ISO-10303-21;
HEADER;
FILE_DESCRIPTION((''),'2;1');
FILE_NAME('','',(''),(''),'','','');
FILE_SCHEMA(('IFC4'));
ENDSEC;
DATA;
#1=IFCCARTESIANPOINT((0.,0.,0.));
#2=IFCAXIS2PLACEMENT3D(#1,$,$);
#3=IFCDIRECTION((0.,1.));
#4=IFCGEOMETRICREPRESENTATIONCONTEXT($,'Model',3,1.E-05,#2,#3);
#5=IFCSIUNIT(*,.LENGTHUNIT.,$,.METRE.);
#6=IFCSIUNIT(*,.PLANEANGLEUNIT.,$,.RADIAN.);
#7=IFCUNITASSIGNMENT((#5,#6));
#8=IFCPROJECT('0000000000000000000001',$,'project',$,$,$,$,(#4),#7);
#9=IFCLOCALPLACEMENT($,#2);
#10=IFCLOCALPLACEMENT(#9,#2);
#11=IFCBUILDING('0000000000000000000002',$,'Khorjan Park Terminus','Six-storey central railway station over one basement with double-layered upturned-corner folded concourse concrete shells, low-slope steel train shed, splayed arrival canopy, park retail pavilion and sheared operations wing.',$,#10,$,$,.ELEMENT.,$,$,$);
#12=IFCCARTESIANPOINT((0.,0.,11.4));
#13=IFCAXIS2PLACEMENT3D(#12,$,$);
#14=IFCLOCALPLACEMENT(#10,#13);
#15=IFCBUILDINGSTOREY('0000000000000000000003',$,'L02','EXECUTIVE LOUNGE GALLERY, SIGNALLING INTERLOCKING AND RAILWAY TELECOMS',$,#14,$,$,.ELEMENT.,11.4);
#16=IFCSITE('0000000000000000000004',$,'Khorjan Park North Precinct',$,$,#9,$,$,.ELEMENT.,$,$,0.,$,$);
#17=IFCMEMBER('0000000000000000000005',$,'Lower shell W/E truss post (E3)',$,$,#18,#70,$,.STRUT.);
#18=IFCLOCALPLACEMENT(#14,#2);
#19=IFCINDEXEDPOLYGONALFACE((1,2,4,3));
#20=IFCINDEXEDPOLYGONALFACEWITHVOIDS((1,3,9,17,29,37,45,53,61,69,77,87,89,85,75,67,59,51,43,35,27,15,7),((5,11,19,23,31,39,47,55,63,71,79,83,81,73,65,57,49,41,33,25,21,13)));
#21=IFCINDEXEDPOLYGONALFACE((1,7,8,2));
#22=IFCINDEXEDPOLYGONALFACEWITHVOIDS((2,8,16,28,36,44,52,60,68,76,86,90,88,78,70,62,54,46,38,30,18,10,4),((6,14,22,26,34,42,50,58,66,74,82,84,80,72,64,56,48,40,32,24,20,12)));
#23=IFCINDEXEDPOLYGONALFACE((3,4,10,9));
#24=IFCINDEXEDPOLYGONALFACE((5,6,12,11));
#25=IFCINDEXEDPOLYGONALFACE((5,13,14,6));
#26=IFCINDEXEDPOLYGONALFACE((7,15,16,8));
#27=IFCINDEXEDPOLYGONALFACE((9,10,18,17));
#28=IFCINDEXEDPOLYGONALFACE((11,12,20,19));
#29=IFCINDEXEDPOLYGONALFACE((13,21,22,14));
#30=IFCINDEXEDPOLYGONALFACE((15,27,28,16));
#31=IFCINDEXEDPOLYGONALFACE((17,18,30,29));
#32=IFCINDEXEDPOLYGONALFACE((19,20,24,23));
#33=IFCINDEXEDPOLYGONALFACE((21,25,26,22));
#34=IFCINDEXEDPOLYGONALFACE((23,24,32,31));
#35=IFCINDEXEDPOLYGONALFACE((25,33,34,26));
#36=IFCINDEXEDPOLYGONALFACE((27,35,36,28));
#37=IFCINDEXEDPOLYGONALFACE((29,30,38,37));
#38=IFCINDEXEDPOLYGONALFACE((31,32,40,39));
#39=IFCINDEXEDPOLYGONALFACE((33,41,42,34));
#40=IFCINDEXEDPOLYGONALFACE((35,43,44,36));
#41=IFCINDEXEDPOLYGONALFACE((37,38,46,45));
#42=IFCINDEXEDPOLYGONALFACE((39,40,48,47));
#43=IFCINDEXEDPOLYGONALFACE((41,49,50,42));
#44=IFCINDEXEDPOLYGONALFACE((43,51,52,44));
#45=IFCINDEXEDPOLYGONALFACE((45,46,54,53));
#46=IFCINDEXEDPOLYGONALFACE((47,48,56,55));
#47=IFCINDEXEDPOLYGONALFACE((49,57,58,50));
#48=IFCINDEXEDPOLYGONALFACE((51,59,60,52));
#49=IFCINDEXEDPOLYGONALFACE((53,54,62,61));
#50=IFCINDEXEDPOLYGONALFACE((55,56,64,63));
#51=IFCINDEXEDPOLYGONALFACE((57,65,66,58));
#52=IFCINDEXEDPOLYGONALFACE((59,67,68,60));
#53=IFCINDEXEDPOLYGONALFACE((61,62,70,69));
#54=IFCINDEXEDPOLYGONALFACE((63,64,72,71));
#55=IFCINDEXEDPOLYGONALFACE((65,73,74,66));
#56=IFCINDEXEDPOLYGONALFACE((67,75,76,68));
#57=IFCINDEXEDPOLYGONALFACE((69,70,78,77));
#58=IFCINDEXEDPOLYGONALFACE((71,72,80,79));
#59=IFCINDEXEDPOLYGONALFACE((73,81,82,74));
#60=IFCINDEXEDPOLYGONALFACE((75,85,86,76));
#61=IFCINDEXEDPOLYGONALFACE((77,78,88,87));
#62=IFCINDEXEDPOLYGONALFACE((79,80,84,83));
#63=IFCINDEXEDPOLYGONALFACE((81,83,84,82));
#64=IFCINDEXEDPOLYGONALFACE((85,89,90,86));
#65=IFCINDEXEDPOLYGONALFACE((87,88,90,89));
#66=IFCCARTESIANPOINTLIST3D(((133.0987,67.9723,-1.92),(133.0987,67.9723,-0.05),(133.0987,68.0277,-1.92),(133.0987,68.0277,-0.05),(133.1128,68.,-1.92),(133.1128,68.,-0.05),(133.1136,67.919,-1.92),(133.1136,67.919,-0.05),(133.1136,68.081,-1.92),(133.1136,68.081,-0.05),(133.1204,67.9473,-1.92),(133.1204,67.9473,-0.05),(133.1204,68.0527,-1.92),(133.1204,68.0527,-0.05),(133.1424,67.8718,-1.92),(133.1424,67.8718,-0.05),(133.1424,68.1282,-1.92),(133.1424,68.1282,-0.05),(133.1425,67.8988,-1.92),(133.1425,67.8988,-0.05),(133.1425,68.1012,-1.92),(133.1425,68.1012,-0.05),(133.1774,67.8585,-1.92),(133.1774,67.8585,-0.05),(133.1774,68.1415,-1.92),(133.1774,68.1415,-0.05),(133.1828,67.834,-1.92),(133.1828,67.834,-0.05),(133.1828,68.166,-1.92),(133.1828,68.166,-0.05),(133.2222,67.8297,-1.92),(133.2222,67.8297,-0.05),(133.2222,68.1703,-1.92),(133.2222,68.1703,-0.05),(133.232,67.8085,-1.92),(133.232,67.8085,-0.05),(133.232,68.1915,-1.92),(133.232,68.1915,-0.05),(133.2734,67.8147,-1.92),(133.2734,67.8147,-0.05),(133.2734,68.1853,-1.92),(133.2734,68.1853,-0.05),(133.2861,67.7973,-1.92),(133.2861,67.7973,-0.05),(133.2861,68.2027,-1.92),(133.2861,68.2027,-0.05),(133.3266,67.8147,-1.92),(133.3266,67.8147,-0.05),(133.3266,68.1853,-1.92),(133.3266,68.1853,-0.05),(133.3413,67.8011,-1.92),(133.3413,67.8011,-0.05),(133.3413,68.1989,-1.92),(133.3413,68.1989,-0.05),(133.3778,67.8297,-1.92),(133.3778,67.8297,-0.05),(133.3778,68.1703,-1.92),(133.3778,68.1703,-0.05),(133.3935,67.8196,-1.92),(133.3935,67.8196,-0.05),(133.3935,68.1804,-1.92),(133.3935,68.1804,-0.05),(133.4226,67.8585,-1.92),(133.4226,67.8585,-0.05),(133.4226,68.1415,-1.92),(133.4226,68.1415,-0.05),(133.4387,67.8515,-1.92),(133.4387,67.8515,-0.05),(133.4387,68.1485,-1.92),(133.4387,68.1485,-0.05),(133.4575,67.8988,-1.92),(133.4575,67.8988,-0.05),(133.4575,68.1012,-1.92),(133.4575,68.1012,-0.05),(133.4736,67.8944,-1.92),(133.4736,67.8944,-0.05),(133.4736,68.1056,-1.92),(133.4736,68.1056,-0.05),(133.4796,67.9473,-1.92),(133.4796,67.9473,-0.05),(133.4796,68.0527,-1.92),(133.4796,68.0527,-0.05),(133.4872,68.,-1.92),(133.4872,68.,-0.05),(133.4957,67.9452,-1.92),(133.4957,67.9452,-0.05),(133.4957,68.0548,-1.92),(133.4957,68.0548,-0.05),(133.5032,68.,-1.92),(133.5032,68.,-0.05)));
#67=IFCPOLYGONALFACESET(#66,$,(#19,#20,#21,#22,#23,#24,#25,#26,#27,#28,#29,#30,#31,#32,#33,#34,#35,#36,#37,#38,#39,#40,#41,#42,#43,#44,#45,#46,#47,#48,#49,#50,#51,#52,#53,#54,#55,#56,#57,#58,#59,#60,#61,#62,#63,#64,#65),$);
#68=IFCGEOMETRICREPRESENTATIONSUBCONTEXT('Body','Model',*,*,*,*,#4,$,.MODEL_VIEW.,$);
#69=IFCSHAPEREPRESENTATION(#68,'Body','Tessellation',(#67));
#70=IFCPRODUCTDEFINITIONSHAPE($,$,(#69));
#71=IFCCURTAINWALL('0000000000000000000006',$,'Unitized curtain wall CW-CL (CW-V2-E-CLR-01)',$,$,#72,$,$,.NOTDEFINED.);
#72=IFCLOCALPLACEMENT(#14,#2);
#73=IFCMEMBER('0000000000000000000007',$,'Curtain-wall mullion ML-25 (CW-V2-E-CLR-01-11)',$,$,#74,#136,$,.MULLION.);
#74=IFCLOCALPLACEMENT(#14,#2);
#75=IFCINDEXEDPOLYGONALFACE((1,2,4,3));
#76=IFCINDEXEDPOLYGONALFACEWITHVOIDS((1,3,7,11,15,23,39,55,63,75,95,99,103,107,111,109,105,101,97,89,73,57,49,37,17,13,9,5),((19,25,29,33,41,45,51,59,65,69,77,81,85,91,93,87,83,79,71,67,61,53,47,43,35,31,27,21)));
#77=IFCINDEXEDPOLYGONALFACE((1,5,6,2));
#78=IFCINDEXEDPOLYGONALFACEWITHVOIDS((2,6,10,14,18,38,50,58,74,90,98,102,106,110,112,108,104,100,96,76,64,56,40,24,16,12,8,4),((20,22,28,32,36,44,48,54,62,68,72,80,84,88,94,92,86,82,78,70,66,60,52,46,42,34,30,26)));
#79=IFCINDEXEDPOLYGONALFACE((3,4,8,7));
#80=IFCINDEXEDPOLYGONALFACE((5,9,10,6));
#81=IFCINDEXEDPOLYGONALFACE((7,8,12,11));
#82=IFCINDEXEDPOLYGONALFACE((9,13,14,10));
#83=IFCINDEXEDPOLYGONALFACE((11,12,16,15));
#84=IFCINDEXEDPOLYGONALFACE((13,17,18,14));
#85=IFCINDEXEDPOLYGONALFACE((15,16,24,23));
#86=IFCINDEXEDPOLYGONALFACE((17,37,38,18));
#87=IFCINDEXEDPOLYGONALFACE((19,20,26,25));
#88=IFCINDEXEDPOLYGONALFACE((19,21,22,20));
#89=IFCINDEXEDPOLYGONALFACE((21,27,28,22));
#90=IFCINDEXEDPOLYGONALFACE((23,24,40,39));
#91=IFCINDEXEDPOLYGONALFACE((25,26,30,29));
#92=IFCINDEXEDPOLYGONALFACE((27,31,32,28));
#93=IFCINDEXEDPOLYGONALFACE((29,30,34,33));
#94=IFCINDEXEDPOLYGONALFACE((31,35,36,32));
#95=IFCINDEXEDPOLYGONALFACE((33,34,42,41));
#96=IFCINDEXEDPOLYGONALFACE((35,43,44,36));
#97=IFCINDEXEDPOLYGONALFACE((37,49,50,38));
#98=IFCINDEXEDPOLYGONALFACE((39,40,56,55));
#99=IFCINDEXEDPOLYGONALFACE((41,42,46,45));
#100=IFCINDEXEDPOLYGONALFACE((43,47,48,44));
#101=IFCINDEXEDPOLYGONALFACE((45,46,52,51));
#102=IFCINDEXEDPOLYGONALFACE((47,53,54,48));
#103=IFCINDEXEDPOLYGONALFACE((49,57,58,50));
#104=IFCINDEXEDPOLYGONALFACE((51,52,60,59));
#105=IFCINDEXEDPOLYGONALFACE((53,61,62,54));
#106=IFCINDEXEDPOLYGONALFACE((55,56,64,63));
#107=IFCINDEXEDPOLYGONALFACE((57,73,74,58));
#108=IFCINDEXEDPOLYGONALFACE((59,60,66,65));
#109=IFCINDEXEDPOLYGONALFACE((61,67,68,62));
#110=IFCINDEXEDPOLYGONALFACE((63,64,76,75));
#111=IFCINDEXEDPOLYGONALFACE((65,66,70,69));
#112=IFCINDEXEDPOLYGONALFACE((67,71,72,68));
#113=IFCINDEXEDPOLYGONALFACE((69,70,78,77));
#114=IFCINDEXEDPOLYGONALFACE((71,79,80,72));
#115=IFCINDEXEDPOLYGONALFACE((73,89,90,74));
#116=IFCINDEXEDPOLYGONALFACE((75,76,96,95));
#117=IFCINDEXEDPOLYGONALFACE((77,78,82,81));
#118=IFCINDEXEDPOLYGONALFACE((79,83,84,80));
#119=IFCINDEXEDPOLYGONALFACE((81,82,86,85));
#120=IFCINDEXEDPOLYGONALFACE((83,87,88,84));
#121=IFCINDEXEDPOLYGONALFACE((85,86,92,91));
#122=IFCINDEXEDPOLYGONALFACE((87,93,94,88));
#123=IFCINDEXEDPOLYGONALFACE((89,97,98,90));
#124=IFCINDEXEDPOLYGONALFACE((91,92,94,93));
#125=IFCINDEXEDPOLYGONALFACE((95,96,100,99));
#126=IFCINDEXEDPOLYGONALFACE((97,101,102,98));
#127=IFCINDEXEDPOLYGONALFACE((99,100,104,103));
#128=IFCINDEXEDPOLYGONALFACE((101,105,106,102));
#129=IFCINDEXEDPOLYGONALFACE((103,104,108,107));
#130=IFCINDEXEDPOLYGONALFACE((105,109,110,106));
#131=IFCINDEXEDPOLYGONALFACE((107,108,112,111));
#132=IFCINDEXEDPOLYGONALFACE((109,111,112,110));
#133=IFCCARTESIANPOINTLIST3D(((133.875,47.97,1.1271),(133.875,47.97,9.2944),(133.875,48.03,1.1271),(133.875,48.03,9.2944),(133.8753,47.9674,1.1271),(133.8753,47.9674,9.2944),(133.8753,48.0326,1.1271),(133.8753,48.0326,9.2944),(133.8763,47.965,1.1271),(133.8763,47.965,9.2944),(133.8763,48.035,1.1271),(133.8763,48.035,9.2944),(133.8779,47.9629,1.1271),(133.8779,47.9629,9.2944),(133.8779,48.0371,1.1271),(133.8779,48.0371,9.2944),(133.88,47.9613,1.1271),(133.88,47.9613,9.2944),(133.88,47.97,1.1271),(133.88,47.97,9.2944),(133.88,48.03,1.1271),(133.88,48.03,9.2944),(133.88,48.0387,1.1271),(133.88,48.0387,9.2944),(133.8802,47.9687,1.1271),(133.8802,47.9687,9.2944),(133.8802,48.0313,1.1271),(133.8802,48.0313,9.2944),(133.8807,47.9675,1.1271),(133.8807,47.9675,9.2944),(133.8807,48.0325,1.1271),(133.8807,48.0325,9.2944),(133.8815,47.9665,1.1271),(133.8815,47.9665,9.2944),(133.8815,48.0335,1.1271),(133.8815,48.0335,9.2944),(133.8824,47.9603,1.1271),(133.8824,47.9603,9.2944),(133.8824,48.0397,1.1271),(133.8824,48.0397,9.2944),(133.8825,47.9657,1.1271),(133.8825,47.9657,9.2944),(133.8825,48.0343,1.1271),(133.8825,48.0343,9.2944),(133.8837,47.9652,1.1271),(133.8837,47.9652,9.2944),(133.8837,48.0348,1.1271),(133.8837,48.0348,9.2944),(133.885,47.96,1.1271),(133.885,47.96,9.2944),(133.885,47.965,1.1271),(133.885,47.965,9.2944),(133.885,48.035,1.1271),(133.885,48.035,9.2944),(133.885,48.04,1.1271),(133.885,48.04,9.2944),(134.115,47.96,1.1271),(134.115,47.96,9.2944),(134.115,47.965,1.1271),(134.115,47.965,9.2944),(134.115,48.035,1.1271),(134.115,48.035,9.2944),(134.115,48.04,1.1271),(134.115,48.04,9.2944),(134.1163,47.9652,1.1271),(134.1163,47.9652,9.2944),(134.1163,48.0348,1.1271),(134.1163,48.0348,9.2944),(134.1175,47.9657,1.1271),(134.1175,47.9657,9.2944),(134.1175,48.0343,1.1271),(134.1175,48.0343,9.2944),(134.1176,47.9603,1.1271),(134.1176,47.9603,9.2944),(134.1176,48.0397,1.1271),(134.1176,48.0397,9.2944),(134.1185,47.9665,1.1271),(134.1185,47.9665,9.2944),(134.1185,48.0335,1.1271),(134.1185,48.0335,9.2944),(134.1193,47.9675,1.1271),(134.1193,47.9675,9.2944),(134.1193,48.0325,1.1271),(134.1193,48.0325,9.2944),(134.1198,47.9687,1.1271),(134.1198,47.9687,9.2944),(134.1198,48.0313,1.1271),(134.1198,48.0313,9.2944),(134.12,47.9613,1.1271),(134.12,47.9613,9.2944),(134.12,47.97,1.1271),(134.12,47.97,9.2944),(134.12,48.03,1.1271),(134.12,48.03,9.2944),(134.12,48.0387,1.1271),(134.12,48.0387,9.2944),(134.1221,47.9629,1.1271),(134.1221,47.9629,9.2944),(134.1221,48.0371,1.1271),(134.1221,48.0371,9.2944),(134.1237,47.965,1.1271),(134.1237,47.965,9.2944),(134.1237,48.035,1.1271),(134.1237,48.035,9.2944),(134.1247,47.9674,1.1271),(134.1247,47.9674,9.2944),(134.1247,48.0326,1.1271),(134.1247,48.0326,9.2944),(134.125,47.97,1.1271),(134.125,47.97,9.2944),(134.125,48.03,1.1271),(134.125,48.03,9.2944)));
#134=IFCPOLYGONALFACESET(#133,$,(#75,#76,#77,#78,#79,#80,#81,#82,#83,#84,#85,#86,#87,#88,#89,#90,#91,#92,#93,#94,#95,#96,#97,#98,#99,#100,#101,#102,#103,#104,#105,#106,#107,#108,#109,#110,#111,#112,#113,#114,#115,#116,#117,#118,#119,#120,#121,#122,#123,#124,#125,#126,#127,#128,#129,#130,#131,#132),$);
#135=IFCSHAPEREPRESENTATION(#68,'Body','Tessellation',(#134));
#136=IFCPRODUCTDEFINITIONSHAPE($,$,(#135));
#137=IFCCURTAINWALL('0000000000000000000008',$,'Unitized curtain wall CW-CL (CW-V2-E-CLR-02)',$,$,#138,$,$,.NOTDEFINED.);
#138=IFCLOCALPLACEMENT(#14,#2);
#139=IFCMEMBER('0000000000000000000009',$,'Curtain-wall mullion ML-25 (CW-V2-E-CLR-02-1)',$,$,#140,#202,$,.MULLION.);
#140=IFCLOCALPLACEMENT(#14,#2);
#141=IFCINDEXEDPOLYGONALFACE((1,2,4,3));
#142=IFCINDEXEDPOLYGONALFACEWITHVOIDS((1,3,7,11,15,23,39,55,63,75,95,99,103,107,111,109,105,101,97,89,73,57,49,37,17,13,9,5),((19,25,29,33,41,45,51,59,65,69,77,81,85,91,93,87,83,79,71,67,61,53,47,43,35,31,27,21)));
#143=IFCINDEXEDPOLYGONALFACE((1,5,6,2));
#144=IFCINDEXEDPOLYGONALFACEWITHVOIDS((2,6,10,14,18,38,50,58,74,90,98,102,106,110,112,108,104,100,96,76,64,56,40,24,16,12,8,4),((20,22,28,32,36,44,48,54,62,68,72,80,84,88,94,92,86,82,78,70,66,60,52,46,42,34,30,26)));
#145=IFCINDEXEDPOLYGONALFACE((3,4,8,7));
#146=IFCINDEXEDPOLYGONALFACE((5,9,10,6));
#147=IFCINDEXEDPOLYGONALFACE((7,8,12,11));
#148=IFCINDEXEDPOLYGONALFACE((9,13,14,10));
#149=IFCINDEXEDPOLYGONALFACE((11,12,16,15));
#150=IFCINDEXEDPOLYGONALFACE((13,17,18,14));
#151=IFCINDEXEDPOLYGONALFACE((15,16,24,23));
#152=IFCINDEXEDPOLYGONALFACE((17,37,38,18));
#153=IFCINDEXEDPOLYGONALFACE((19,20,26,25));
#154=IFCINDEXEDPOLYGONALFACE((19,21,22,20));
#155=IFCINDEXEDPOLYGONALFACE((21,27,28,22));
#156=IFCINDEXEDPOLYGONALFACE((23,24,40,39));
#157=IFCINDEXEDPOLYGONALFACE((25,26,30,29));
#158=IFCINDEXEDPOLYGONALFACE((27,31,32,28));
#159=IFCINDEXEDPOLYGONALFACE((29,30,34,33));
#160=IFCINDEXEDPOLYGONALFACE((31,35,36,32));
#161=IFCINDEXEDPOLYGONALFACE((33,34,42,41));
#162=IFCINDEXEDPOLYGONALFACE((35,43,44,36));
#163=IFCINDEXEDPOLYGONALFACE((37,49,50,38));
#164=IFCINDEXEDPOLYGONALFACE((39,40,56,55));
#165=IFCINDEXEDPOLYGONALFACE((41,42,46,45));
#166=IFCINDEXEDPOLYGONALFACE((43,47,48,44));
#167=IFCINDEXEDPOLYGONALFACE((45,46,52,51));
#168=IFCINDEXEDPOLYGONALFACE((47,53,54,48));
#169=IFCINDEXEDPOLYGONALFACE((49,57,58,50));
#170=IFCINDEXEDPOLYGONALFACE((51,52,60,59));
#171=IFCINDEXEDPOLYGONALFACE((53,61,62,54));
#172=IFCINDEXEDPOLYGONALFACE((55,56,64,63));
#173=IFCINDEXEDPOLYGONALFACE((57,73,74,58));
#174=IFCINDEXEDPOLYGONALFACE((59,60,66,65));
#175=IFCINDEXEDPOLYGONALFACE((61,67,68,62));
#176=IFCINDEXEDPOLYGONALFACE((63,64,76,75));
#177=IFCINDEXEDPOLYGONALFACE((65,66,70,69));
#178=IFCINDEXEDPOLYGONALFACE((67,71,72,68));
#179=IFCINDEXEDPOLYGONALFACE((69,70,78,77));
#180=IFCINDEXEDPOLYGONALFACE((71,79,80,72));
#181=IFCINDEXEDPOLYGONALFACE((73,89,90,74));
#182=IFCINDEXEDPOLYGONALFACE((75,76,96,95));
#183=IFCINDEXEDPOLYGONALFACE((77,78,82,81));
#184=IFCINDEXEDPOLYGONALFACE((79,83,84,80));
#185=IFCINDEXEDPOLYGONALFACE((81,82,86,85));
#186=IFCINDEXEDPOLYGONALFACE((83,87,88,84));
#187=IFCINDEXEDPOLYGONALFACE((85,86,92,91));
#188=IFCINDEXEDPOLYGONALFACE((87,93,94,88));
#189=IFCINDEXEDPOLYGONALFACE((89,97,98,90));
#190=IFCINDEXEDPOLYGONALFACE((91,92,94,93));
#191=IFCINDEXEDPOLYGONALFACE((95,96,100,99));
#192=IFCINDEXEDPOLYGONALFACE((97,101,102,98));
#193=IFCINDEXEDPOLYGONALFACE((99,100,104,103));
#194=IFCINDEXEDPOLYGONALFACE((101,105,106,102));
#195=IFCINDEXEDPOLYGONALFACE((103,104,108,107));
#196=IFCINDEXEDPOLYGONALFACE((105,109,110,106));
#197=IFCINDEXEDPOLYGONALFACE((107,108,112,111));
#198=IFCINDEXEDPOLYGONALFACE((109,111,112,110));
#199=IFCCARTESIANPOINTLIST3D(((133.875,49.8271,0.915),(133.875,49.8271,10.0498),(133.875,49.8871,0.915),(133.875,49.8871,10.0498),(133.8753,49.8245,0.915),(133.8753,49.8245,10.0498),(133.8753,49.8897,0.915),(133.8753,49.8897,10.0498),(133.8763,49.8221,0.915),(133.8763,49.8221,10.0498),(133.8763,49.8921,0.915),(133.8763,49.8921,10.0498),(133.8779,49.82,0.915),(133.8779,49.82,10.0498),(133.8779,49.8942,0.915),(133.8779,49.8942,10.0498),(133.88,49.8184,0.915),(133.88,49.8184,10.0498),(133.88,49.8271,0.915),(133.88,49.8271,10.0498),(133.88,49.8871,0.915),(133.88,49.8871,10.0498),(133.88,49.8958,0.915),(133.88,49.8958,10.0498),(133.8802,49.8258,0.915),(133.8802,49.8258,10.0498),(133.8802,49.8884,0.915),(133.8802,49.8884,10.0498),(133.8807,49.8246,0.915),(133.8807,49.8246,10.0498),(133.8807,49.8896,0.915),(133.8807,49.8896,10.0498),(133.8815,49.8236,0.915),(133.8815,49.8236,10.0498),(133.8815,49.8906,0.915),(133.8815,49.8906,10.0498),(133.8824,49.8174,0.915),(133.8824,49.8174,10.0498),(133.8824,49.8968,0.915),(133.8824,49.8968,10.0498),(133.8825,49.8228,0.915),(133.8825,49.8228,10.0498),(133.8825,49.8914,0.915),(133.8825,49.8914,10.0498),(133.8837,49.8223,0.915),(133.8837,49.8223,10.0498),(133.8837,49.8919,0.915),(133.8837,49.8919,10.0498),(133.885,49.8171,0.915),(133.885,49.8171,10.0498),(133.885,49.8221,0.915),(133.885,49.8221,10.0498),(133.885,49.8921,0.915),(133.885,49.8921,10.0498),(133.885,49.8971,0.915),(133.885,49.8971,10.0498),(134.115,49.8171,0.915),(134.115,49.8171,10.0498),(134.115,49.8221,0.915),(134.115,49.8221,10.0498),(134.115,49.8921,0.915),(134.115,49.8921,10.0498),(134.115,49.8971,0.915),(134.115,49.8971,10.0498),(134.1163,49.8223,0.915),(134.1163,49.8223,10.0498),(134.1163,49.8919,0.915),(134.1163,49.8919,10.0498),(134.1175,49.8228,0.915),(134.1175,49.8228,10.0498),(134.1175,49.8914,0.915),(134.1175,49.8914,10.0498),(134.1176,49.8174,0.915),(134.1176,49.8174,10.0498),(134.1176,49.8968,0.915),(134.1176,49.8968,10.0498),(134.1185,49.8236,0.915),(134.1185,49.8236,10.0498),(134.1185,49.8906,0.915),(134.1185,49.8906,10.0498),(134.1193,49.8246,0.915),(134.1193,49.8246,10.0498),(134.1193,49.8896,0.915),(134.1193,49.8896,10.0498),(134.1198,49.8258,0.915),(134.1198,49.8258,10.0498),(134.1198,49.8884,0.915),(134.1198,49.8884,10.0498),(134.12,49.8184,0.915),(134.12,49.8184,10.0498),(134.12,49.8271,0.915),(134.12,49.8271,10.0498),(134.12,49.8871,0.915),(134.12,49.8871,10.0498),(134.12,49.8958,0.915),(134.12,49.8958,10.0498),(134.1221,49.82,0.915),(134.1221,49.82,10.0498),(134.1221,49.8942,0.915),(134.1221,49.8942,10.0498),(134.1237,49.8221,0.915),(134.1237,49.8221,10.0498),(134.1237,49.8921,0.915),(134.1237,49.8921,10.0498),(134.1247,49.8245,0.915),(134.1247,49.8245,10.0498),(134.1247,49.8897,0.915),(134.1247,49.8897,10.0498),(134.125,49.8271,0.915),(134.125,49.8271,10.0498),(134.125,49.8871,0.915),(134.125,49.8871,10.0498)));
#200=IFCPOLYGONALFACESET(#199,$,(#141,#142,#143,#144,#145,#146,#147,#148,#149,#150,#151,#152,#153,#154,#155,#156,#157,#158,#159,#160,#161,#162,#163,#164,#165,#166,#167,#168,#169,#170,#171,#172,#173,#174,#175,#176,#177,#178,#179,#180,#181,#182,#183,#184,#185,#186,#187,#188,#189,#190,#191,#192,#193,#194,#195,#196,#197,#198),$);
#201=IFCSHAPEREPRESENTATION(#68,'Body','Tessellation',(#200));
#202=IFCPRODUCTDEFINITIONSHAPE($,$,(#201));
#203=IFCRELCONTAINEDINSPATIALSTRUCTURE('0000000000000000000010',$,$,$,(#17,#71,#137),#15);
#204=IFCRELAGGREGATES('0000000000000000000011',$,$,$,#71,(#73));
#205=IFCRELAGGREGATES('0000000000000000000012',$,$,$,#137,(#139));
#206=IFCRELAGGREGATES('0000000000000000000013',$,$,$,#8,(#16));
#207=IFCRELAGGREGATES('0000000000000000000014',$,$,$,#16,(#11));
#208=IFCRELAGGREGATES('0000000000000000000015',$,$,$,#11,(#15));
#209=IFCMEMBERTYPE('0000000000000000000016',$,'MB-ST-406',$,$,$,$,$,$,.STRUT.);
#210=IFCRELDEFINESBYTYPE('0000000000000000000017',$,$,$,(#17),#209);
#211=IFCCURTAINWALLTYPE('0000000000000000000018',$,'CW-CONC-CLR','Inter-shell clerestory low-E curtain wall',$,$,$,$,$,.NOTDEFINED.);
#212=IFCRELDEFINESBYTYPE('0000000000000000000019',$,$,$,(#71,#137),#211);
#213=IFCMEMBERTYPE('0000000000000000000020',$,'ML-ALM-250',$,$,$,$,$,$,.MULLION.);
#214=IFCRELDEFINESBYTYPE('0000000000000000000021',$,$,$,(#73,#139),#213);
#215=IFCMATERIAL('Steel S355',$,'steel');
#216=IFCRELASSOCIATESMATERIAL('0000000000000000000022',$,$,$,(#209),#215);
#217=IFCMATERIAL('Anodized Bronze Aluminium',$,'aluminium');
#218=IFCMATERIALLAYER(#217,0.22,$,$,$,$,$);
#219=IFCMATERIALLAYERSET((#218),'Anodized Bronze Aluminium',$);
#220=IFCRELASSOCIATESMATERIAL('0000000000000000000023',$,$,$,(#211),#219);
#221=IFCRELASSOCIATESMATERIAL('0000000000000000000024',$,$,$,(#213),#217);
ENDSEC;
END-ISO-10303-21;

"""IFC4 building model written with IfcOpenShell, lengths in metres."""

from ifc_helpers import new_model, si_unit, direction, frame, origin, origin_2d, place, context, subcontext, project, spatial, hollow_rectangle, hollow_circle, extrude, material, layer, layer_set, material_profile, profile_set, type_object, element, aggregate, save


model = new_model("IFC4")

# Units and contexts
model_context = context("Model", 3, precision=1e-05, world=origin(), true_north=direction((0.0, 1.0)))
body_context = subcontext(model_context, "Body", "Model", "MODEL_VIEW")
ifc_project = project(units=[si_unit("LENGTHUNIT", "METRE"), si_unit("PLANEANGLEUNIT", "RADIAN")], contexts=[model_context])

# Site, building, storey
site_placement = place(None, origin())
site = spatial("IfcSite", under=ifc_project, at=site_placement, Name="Khorjan Park North Precinct", CompositionType="ELEMENT", RefElevation=0.0)
building_placement = place(site_placement, origin())
building = spatial("IfcBuilding", under=site, at=building_placement, Name="Khorjan Park Terminus", Description="Six-storey central railway station over one basement with double-layered upturned-corner folded concourse concrete shells, low-slope steel train shed, splayed arrival canopy, park retail pavilion and sheared operations wing.", CompositionType="ELEMENT")
storey_placement = place(building_placement, frame((0.0, 0.0, 11.4)))
storey = spatial("IfcBuildingStorey", under=building, at=storey_placement, Name="L02", Description="EXECUTIVE LOUNGE GALLERY, SIGNALLING INTERLOCKING AND RAILWAY TELECOMS", CompositionType="ELEMENT", Elevation=11.4)

# Member
ifc_material_1 = material(Name="Steel S355", Category="steel")
ifc_material_profile_1 = material_profile(ifc_material_1, hollow_circle(Radius=0.2032, WallThickness=0.016, at=origin_2d()), Name="CHS 406.4x16")
ifc_profile_set_1 = profile_set([ifc_material_profile_1], Name="Steel S355")
member_type_1 = type_object("IfcMemberType", Name="MB-ST-406", PredefinedType="STRUT", material=ifc_profile_set_1)
for number, where, z_axis, x_axis, name in (
    (1, (133.3, 68.0, -1.92), (0.0, 0.0, 1.0), (1.0, 0.0, 0.0), "Lower shell W/E truss post (E3)"),
):
    element("IfcMember", number, at=place(storey_placement, frame(where, z_axis=z_axis, x_axis=x_axis)), inside=storey, type_object=member_type_1, Name=name, PredefinedType="STRUT", context=body_context, shape_type="SweptSolid", body=[
        extrude(hollow_circle(Radius=0.2032, WallThickness=0.016, at=origin_2d()), origin(), (0.0, 0.0, 1.0), 1.87),
    ])

# Curtain wall, member
ifc_material_2 = material(Name="Anodized Bronze Aluminium", Category="aluminium")
ifc_layer_1 = layer(ifc_material_2, 0.22)
ifc_layer_set_1 = layer_set([ifc_layer_1], Name="Anodized Bronze Aluminium")
curtain_wall_type = type_object("IfcCurtainWallType", Name="CW-CONC-CLR", Description="Inter-shell clerestory low-E curtain wall", PredefinedType="NOTDEFINED", material=ifc_layer_set_1)
curtain_wall_1_placement = place(storey_placement, origin())
curtain_wall_1 = element("IfcCurtainWall", 2, at=curtain_wall_1_placement, inside=storey, type_object=curtain_wall_type, Name="Unitized curtain wall CW-CL (CW-V2-E-CLR-01)", PredefinedType="NOTDEFINED")
ifc_material_profile_2 = material_profile(ifc_material_2, hollow_rectangle(XDim=0.08, YDim=0.25, WallThickness=0.005, InnerFilletRadius=0.005, OuterFilletRadius=0.01, at=origin_2d()), Name="ALM 80x250x5")
ifc_profile_set_2 = profile_set([ifc_material_profile_2], Name="Anodized Bronze Aluminium")
member_type_2 = type_object("IfcMemberType", Name="ML-ALM-250", PredefinedType="MULLION", material=ifc_profile_set_2)
member_1_placement = place(storey_placement, frame((134.0, 48.0, 1.1271), z_axis=(0.0, 0.0, 1.0), x_axis=(0.0, 1.0, 0.0)))
member_1 = element("IfcMember", 3, at=member_1_placement, type_object=member_type_2, Name="Curtain-wall mullion ML-25 (CW-V2-E-CLR-01-11)", PredefinedType="MULLION", context=body_context, shape_type="SweptSolid", body=[
    extrude(hollow_rectangle(XDim=0.08, YDim=0.25, WallThickness=0.005, InnerFilletRadius=0.005, OuterFilletRadius=0.01, at=origin_2d()), origin(), (0.0, 0.0, 1.0), 8.1673),
])
aggregate(curtain_wall_1, [member_1])

# Curtain wall, member
curtain_wall_2_placement = place(storey_placement, origin())
curtain_wall_2 = element("IfcCurtainWall", 4, at=curtain_wall_2_placement, inside=storey, type_object=curtain_wall_type, Name="Unitized curtain wall CW-CL (CW-V2-E-CLR-02)", PredefinedType="NOTDEFINED")
member_2_placement = place(storey_placement, frame((134.0, 49.8571, 0.915), z_axis=(0.0, 0.0, 1.0), x_axis=(0.0, 1.0, 0.0)))
member_2 = element("IfcMember", 5, at=member_2_placement, type_object=member_type_2, Name="Curtain-wall mullion ML-25 (CW-V2-E-CLR-02-1)", PredefinedType="MULLION", context=body_context, shape_type="SweptSolid", body=[
    extrude(hollow_rectangle(XDim=0.08, YDim=0.25, WallThickness=0.005, InnerFilletRadius=0.005, OuterFilletRadius=0.01, at=origin_2d()), origin(), (0.0, 0.0, 1.0), 9.1348),
])

aggregate(curtain_wall_2, [member_2])

save(model, "model.ifc")
